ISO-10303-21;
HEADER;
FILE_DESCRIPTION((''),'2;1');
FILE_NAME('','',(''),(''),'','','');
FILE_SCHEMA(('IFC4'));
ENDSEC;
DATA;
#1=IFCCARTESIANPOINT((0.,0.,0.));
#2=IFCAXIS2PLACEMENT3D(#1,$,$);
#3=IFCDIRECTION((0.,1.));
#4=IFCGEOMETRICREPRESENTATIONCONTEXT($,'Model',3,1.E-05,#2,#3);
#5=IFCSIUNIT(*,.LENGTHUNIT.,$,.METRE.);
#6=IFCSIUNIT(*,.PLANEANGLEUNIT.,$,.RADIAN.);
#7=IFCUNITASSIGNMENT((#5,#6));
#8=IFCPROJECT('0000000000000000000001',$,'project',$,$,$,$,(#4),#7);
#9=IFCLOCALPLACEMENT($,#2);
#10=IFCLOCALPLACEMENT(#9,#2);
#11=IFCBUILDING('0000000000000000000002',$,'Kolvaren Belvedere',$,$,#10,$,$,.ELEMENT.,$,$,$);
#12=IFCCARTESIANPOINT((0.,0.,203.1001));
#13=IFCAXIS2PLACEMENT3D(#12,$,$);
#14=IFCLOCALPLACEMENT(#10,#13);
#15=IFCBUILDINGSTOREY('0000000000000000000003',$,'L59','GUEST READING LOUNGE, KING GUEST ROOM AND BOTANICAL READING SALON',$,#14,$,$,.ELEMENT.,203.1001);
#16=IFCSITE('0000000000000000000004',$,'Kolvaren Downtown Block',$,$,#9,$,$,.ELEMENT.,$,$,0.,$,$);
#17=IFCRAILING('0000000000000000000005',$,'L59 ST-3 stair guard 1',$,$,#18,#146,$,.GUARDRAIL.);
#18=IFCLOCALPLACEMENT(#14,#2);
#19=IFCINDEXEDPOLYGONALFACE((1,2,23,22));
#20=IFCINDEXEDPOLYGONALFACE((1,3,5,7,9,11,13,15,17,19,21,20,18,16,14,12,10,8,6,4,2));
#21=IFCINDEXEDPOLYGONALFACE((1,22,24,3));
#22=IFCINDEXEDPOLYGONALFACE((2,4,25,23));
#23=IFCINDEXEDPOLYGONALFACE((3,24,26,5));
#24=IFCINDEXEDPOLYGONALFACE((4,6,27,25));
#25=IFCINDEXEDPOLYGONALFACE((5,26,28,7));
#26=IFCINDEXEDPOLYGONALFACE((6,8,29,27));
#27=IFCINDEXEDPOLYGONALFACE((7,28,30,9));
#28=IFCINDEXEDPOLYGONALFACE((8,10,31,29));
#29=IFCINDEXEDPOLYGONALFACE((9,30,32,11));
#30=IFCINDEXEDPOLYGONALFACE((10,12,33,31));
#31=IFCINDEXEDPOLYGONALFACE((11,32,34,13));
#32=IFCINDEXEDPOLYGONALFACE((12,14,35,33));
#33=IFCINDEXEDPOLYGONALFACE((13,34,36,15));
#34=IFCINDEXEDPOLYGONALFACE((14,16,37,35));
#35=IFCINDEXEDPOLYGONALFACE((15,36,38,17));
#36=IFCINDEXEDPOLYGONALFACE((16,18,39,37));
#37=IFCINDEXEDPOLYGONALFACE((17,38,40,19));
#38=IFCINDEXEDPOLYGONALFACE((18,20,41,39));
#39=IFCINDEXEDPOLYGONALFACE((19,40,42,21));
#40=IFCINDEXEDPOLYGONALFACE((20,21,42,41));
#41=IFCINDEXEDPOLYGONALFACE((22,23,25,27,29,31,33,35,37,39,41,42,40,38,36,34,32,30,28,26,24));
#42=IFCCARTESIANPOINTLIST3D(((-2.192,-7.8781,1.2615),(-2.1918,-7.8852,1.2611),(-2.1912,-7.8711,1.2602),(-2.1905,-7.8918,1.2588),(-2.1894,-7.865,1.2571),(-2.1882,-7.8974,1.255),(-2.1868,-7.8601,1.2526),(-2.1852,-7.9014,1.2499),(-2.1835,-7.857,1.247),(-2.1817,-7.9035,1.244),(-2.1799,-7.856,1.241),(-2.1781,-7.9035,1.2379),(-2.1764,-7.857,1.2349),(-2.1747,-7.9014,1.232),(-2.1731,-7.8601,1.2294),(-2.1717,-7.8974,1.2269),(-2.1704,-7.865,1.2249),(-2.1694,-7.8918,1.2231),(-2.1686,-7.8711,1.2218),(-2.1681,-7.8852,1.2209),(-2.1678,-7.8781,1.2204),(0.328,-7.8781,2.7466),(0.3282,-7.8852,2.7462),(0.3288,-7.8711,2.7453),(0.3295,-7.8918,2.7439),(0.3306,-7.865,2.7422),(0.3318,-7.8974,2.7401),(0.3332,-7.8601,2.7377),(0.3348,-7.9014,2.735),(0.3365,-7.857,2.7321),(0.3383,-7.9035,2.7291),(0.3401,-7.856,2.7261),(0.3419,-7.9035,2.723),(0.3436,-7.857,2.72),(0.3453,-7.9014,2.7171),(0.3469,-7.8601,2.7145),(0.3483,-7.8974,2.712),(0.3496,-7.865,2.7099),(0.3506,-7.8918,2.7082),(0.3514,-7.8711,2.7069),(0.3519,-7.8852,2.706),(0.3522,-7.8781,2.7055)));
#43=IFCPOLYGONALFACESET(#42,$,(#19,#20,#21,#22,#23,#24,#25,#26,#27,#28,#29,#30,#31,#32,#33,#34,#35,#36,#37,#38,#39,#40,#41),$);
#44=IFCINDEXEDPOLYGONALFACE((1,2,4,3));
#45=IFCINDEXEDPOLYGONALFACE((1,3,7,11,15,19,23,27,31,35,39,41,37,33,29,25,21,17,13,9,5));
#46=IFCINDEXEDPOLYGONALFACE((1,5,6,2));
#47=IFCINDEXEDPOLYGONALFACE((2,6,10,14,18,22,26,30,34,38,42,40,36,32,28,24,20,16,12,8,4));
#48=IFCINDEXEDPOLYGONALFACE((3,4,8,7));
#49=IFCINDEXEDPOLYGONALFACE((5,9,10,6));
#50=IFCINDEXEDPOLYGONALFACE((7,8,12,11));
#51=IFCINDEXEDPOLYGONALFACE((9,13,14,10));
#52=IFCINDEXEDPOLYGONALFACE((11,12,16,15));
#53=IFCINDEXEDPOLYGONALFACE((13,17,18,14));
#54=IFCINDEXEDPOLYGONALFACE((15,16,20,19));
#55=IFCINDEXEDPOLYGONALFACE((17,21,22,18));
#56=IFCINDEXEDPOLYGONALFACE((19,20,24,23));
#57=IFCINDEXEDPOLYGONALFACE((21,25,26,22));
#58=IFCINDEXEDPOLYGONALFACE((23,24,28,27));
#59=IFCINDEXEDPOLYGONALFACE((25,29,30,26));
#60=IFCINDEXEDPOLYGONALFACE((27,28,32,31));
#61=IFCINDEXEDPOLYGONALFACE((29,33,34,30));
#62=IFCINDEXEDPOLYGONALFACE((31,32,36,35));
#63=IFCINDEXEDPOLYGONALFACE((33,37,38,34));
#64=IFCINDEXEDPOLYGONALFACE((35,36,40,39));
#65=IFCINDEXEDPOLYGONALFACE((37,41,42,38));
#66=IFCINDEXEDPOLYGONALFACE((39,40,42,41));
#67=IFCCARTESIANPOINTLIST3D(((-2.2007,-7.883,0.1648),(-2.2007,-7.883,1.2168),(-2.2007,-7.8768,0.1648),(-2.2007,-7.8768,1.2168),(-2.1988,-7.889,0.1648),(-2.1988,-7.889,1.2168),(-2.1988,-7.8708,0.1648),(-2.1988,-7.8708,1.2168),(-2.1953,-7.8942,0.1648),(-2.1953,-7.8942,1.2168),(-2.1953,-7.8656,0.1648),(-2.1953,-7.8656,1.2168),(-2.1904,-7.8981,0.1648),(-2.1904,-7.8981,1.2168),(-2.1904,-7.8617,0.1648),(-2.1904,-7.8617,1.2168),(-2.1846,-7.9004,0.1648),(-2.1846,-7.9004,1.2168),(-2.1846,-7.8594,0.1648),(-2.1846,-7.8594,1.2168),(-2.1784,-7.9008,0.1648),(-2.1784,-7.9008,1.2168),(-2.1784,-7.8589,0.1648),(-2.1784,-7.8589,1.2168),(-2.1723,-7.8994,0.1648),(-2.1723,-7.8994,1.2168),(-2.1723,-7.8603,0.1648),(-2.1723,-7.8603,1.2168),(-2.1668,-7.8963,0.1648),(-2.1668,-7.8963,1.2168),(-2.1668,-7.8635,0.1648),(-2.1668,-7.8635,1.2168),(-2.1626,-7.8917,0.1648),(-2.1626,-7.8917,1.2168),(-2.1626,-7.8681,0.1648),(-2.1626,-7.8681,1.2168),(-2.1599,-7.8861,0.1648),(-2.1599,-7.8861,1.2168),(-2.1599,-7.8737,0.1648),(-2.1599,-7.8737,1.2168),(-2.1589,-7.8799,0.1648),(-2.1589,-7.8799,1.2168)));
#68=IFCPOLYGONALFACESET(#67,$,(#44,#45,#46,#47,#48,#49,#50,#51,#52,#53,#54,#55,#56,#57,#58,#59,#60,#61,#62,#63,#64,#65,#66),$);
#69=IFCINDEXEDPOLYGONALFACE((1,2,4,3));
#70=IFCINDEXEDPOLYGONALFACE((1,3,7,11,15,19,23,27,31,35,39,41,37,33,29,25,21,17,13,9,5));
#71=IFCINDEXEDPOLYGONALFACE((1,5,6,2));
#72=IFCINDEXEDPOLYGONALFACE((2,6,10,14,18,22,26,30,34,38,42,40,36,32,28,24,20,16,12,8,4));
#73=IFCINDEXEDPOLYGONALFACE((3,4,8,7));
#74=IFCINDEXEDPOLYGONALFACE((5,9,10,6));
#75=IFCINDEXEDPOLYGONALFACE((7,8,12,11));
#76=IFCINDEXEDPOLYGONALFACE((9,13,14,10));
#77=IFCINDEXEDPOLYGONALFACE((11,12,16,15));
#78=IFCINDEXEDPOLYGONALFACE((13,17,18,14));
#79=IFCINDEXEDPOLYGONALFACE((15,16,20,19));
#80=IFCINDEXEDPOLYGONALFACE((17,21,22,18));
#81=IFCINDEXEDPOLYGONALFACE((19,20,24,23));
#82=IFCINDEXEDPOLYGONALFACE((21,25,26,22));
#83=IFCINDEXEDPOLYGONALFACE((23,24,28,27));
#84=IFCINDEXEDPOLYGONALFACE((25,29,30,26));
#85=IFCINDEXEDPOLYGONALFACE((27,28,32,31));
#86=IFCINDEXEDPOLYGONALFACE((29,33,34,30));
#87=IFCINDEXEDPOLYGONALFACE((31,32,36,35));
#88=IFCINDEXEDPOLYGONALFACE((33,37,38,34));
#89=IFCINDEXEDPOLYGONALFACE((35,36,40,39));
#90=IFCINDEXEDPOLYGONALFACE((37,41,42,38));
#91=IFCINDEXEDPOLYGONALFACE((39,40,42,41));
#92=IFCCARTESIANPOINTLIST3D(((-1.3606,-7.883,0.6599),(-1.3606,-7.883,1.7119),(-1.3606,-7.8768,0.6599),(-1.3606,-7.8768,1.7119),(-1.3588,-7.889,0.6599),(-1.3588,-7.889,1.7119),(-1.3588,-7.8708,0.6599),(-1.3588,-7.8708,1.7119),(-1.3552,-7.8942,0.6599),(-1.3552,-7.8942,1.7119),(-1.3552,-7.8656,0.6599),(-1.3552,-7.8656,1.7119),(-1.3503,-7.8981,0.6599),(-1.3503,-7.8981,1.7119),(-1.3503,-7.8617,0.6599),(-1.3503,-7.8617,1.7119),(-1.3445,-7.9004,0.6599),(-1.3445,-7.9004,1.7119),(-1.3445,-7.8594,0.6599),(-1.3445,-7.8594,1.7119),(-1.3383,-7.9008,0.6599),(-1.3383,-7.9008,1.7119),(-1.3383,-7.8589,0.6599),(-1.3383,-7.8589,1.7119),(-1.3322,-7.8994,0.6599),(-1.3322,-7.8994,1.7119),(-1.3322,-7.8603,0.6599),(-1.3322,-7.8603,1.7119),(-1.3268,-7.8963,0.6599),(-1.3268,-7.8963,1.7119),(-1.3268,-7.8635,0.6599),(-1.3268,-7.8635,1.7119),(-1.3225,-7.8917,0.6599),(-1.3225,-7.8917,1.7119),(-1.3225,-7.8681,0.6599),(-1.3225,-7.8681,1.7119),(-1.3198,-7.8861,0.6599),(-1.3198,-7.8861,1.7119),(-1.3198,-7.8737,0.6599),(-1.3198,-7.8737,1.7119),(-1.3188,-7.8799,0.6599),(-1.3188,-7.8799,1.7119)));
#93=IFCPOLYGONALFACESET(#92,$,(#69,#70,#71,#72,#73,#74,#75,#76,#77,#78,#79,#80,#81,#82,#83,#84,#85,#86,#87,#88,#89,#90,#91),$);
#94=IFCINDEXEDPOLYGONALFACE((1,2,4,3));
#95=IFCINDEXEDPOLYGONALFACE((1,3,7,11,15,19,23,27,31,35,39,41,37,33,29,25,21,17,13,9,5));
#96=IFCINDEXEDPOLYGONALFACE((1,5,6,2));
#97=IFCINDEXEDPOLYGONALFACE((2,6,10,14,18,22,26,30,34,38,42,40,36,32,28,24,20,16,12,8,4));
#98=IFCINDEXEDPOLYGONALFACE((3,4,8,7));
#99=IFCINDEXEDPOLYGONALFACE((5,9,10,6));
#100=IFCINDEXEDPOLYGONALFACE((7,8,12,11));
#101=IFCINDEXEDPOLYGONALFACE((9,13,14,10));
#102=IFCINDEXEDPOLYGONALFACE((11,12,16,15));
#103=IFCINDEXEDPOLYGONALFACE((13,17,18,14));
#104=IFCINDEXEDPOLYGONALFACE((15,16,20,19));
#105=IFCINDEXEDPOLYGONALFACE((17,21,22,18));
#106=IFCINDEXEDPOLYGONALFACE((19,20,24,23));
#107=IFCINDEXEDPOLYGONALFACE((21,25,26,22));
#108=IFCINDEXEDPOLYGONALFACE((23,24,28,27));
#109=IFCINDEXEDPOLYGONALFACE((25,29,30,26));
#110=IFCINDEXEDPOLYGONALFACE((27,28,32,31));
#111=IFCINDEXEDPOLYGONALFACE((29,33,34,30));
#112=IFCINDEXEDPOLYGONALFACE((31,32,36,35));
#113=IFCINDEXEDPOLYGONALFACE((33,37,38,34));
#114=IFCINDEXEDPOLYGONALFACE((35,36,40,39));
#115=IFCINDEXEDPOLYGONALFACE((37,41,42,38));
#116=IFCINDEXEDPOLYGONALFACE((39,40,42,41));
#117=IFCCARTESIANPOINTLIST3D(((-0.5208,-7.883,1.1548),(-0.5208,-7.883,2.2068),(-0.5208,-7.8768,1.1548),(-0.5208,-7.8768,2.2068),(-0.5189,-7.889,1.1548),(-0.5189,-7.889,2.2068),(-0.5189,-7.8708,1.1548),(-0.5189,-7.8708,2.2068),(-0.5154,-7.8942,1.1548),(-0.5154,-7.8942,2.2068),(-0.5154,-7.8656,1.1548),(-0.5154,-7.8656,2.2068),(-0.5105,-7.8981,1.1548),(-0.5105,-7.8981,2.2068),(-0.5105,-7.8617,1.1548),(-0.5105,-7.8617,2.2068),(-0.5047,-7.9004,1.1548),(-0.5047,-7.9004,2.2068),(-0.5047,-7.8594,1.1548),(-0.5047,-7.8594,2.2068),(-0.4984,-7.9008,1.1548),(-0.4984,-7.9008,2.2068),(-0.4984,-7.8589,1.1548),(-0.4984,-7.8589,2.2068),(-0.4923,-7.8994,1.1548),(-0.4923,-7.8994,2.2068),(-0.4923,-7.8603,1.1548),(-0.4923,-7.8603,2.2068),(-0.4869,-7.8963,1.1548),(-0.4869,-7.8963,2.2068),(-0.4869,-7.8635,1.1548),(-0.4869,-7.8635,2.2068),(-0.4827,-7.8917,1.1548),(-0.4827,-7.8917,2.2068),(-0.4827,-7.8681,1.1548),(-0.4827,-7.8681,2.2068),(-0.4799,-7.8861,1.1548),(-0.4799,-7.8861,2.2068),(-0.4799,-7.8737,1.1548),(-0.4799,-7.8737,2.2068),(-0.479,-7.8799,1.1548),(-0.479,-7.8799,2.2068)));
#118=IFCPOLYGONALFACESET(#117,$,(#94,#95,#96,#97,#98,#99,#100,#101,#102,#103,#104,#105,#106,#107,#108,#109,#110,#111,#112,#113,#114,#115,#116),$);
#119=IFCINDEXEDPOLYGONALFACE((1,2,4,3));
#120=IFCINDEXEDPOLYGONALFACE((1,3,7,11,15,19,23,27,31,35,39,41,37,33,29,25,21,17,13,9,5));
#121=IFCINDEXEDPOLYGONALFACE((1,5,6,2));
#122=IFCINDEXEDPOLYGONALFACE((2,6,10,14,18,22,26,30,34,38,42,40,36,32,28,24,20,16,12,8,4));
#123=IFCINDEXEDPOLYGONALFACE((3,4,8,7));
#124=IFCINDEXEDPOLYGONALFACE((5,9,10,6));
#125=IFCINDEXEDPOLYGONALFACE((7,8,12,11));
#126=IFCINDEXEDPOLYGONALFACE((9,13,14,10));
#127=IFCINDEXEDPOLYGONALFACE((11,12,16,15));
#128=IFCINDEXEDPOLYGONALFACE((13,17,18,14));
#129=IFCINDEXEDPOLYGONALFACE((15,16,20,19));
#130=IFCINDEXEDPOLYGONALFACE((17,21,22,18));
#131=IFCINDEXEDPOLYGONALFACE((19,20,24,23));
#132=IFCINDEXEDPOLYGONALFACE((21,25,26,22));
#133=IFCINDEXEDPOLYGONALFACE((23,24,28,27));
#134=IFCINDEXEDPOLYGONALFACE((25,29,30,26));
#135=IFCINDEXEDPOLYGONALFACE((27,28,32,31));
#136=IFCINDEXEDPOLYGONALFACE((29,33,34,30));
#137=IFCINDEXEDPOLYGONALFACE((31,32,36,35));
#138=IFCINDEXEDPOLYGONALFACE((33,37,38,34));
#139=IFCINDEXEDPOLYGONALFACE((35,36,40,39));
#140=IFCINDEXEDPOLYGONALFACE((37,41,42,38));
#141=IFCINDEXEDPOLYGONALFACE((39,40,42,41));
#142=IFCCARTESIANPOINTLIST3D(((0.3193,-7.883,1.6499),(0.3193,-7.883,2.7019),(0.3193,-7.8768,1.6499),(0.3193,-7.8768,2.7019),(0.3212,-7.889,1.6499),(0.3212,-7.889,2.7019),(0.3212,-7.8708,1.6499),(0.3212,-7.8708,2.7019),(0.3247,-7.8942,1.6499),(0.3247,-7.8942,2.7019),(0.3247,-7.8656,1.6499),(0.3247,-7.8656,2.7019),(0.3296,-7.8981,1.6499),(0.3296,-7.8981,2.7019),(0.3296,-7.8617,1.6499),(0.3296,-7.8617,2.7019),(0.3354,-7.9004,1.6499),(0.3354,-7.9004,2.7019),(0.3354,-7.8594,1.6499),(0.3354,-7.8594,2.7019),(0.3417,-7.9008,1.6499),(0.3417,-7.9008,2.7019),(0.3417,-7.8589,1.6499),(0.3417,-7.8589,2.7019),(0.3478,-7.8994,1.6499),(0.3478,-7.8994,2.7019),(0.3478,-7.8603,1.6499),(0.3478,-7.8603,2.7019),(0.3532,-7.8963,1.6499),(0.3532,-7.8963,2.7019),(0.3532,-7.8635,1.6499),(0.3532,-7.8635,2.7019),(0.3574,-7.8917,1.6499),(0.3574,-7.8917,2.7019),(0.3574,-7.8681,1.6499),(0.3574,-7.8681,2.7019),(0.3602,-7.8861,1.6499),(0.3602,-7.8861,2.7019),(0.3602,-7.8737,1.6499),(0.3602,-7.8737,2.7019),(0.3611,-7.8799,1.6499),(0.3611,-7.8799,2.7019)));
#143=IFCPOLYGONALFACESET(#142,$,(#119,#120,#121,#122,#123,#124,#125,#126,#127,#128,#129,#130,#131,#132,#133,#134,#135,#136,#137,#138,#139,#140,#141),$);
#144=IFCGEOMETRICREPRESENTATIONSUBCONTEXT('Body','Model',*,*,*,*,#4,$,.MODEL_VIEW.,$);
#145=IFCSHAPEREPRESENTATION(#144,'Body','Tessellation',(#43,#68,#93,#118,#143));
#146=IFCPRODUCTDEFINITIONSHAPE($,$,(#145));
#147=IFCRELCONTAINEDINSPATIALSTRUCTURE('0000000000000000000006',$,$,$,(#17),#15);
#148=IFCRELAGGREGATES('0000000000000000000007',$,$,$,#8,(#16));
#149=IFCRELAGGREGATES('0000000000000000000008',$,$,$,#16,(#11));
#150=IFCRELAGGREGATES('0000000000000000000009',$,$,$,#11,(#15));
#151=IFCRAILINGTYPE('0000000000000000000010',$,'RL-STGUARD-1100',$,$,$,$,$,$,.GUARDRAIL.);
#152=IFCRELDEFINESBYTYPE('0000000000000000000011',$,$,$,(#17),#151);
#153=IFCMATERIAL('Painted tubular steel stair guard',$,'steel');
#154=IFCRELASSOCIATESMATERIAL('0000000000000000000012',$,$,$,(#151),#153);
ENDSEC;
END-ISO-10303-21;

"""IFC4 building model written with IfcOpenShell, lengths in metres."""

from ifc_helpers import new_model, si_unit, direction, frame, origin, origin_2d, place, context, subcontext, project, spatial, circle, extrude, material, type_object, element, save


model = new_model("IFC4")

# Units and contexts
model_context = context("Model", 3, precision=1e-05, world=origin(), true_north=direction((0.0, 1.0)))
body_context = subcontext(model_context, "Body", "Model", "MODEL_VIEW")
ifc_project = project(units=[si_unit("LENGTHUNIT", "METRE"), si_unit("PLANEANGLEUNIT", "RADIAN")], contexts=[model_context])

# Site, building, storey
site_placement = place(None, origin())
site = spatial("IfcSite", under=ifc_project, at=site_placement, Name="Kolvaren Downtown Block", CompositionType="ELEMENT", RefElevation=0.0)
building_placement = place(site_placement, origin())
building = spatial("IfcBuilding", under=site, at=building_placement, Name="Kolvaren Belvedere", CompositionType="ELEMENT")
storey_placement = place(building_placement, frame((0.0, 0.0, 203.1001)))
storey = spatial("IfcBuildingStorey", under=building, at=storey_placement, Name="L59", Description="GUEST READING LOUNGE, KING GUEST ROOM AND BOTANICAL READING SALON", CompositionType="ELEMENT", Elevation=203.1001)

# Railing
ifc_material_1 = material(Name="Painted tubular steel stair guard", Category="steel")
railing_type_1 = type_object("IfcRailingType", Name="RL-STGUARD-1100", PredefinedType="GUARDRAIL", material=ifc_material_1)
railing_1_placement = place(storey_placement, frame((-2.1799, -7.8799, 0.1648)))
element("IfcRailing", 1, at=railing_1_placement, inside=storey, type_object=railing_type_1, Name="L59 ST-3 stair guard 1", PredefinedType="GUARDRAIL", context=body_context, shape_type="SweptSolid", body=[
    extrude(circle(Radius=0.0239, at=origin_2d()), frame((0.0, 0.0, 1.0762), z_axis=(0.861524, 0.0, 0.507717), x_axis=(0.0, 1.0, 0.0)), (0.0, 0.0, 1.0), 2.925),
    extrude(circle(Radius=0.021, at=origin_2d()), origin(), (0.0, 0.0, 1.0), 1.052),
    extrude(circle(Radius=0.021, at=origin_2d()), frame((0.8401, 0.0, 0.4951)), (0.0, 0.0, 1.0), 1.052),
    extrude(circle(Radius=0.021, at=origin_2d()), frame((1.6799, 0.0, 0.99)), (0.0, 0.0, 1.0), 1.052),
    extrude(circle(Radius=0.021, at=origin_2d()), frame((2.52, 0.0, 1.4851)), (0.0, 0.0, 1.0), 1.052),
])

save(model, "model.ifc")
